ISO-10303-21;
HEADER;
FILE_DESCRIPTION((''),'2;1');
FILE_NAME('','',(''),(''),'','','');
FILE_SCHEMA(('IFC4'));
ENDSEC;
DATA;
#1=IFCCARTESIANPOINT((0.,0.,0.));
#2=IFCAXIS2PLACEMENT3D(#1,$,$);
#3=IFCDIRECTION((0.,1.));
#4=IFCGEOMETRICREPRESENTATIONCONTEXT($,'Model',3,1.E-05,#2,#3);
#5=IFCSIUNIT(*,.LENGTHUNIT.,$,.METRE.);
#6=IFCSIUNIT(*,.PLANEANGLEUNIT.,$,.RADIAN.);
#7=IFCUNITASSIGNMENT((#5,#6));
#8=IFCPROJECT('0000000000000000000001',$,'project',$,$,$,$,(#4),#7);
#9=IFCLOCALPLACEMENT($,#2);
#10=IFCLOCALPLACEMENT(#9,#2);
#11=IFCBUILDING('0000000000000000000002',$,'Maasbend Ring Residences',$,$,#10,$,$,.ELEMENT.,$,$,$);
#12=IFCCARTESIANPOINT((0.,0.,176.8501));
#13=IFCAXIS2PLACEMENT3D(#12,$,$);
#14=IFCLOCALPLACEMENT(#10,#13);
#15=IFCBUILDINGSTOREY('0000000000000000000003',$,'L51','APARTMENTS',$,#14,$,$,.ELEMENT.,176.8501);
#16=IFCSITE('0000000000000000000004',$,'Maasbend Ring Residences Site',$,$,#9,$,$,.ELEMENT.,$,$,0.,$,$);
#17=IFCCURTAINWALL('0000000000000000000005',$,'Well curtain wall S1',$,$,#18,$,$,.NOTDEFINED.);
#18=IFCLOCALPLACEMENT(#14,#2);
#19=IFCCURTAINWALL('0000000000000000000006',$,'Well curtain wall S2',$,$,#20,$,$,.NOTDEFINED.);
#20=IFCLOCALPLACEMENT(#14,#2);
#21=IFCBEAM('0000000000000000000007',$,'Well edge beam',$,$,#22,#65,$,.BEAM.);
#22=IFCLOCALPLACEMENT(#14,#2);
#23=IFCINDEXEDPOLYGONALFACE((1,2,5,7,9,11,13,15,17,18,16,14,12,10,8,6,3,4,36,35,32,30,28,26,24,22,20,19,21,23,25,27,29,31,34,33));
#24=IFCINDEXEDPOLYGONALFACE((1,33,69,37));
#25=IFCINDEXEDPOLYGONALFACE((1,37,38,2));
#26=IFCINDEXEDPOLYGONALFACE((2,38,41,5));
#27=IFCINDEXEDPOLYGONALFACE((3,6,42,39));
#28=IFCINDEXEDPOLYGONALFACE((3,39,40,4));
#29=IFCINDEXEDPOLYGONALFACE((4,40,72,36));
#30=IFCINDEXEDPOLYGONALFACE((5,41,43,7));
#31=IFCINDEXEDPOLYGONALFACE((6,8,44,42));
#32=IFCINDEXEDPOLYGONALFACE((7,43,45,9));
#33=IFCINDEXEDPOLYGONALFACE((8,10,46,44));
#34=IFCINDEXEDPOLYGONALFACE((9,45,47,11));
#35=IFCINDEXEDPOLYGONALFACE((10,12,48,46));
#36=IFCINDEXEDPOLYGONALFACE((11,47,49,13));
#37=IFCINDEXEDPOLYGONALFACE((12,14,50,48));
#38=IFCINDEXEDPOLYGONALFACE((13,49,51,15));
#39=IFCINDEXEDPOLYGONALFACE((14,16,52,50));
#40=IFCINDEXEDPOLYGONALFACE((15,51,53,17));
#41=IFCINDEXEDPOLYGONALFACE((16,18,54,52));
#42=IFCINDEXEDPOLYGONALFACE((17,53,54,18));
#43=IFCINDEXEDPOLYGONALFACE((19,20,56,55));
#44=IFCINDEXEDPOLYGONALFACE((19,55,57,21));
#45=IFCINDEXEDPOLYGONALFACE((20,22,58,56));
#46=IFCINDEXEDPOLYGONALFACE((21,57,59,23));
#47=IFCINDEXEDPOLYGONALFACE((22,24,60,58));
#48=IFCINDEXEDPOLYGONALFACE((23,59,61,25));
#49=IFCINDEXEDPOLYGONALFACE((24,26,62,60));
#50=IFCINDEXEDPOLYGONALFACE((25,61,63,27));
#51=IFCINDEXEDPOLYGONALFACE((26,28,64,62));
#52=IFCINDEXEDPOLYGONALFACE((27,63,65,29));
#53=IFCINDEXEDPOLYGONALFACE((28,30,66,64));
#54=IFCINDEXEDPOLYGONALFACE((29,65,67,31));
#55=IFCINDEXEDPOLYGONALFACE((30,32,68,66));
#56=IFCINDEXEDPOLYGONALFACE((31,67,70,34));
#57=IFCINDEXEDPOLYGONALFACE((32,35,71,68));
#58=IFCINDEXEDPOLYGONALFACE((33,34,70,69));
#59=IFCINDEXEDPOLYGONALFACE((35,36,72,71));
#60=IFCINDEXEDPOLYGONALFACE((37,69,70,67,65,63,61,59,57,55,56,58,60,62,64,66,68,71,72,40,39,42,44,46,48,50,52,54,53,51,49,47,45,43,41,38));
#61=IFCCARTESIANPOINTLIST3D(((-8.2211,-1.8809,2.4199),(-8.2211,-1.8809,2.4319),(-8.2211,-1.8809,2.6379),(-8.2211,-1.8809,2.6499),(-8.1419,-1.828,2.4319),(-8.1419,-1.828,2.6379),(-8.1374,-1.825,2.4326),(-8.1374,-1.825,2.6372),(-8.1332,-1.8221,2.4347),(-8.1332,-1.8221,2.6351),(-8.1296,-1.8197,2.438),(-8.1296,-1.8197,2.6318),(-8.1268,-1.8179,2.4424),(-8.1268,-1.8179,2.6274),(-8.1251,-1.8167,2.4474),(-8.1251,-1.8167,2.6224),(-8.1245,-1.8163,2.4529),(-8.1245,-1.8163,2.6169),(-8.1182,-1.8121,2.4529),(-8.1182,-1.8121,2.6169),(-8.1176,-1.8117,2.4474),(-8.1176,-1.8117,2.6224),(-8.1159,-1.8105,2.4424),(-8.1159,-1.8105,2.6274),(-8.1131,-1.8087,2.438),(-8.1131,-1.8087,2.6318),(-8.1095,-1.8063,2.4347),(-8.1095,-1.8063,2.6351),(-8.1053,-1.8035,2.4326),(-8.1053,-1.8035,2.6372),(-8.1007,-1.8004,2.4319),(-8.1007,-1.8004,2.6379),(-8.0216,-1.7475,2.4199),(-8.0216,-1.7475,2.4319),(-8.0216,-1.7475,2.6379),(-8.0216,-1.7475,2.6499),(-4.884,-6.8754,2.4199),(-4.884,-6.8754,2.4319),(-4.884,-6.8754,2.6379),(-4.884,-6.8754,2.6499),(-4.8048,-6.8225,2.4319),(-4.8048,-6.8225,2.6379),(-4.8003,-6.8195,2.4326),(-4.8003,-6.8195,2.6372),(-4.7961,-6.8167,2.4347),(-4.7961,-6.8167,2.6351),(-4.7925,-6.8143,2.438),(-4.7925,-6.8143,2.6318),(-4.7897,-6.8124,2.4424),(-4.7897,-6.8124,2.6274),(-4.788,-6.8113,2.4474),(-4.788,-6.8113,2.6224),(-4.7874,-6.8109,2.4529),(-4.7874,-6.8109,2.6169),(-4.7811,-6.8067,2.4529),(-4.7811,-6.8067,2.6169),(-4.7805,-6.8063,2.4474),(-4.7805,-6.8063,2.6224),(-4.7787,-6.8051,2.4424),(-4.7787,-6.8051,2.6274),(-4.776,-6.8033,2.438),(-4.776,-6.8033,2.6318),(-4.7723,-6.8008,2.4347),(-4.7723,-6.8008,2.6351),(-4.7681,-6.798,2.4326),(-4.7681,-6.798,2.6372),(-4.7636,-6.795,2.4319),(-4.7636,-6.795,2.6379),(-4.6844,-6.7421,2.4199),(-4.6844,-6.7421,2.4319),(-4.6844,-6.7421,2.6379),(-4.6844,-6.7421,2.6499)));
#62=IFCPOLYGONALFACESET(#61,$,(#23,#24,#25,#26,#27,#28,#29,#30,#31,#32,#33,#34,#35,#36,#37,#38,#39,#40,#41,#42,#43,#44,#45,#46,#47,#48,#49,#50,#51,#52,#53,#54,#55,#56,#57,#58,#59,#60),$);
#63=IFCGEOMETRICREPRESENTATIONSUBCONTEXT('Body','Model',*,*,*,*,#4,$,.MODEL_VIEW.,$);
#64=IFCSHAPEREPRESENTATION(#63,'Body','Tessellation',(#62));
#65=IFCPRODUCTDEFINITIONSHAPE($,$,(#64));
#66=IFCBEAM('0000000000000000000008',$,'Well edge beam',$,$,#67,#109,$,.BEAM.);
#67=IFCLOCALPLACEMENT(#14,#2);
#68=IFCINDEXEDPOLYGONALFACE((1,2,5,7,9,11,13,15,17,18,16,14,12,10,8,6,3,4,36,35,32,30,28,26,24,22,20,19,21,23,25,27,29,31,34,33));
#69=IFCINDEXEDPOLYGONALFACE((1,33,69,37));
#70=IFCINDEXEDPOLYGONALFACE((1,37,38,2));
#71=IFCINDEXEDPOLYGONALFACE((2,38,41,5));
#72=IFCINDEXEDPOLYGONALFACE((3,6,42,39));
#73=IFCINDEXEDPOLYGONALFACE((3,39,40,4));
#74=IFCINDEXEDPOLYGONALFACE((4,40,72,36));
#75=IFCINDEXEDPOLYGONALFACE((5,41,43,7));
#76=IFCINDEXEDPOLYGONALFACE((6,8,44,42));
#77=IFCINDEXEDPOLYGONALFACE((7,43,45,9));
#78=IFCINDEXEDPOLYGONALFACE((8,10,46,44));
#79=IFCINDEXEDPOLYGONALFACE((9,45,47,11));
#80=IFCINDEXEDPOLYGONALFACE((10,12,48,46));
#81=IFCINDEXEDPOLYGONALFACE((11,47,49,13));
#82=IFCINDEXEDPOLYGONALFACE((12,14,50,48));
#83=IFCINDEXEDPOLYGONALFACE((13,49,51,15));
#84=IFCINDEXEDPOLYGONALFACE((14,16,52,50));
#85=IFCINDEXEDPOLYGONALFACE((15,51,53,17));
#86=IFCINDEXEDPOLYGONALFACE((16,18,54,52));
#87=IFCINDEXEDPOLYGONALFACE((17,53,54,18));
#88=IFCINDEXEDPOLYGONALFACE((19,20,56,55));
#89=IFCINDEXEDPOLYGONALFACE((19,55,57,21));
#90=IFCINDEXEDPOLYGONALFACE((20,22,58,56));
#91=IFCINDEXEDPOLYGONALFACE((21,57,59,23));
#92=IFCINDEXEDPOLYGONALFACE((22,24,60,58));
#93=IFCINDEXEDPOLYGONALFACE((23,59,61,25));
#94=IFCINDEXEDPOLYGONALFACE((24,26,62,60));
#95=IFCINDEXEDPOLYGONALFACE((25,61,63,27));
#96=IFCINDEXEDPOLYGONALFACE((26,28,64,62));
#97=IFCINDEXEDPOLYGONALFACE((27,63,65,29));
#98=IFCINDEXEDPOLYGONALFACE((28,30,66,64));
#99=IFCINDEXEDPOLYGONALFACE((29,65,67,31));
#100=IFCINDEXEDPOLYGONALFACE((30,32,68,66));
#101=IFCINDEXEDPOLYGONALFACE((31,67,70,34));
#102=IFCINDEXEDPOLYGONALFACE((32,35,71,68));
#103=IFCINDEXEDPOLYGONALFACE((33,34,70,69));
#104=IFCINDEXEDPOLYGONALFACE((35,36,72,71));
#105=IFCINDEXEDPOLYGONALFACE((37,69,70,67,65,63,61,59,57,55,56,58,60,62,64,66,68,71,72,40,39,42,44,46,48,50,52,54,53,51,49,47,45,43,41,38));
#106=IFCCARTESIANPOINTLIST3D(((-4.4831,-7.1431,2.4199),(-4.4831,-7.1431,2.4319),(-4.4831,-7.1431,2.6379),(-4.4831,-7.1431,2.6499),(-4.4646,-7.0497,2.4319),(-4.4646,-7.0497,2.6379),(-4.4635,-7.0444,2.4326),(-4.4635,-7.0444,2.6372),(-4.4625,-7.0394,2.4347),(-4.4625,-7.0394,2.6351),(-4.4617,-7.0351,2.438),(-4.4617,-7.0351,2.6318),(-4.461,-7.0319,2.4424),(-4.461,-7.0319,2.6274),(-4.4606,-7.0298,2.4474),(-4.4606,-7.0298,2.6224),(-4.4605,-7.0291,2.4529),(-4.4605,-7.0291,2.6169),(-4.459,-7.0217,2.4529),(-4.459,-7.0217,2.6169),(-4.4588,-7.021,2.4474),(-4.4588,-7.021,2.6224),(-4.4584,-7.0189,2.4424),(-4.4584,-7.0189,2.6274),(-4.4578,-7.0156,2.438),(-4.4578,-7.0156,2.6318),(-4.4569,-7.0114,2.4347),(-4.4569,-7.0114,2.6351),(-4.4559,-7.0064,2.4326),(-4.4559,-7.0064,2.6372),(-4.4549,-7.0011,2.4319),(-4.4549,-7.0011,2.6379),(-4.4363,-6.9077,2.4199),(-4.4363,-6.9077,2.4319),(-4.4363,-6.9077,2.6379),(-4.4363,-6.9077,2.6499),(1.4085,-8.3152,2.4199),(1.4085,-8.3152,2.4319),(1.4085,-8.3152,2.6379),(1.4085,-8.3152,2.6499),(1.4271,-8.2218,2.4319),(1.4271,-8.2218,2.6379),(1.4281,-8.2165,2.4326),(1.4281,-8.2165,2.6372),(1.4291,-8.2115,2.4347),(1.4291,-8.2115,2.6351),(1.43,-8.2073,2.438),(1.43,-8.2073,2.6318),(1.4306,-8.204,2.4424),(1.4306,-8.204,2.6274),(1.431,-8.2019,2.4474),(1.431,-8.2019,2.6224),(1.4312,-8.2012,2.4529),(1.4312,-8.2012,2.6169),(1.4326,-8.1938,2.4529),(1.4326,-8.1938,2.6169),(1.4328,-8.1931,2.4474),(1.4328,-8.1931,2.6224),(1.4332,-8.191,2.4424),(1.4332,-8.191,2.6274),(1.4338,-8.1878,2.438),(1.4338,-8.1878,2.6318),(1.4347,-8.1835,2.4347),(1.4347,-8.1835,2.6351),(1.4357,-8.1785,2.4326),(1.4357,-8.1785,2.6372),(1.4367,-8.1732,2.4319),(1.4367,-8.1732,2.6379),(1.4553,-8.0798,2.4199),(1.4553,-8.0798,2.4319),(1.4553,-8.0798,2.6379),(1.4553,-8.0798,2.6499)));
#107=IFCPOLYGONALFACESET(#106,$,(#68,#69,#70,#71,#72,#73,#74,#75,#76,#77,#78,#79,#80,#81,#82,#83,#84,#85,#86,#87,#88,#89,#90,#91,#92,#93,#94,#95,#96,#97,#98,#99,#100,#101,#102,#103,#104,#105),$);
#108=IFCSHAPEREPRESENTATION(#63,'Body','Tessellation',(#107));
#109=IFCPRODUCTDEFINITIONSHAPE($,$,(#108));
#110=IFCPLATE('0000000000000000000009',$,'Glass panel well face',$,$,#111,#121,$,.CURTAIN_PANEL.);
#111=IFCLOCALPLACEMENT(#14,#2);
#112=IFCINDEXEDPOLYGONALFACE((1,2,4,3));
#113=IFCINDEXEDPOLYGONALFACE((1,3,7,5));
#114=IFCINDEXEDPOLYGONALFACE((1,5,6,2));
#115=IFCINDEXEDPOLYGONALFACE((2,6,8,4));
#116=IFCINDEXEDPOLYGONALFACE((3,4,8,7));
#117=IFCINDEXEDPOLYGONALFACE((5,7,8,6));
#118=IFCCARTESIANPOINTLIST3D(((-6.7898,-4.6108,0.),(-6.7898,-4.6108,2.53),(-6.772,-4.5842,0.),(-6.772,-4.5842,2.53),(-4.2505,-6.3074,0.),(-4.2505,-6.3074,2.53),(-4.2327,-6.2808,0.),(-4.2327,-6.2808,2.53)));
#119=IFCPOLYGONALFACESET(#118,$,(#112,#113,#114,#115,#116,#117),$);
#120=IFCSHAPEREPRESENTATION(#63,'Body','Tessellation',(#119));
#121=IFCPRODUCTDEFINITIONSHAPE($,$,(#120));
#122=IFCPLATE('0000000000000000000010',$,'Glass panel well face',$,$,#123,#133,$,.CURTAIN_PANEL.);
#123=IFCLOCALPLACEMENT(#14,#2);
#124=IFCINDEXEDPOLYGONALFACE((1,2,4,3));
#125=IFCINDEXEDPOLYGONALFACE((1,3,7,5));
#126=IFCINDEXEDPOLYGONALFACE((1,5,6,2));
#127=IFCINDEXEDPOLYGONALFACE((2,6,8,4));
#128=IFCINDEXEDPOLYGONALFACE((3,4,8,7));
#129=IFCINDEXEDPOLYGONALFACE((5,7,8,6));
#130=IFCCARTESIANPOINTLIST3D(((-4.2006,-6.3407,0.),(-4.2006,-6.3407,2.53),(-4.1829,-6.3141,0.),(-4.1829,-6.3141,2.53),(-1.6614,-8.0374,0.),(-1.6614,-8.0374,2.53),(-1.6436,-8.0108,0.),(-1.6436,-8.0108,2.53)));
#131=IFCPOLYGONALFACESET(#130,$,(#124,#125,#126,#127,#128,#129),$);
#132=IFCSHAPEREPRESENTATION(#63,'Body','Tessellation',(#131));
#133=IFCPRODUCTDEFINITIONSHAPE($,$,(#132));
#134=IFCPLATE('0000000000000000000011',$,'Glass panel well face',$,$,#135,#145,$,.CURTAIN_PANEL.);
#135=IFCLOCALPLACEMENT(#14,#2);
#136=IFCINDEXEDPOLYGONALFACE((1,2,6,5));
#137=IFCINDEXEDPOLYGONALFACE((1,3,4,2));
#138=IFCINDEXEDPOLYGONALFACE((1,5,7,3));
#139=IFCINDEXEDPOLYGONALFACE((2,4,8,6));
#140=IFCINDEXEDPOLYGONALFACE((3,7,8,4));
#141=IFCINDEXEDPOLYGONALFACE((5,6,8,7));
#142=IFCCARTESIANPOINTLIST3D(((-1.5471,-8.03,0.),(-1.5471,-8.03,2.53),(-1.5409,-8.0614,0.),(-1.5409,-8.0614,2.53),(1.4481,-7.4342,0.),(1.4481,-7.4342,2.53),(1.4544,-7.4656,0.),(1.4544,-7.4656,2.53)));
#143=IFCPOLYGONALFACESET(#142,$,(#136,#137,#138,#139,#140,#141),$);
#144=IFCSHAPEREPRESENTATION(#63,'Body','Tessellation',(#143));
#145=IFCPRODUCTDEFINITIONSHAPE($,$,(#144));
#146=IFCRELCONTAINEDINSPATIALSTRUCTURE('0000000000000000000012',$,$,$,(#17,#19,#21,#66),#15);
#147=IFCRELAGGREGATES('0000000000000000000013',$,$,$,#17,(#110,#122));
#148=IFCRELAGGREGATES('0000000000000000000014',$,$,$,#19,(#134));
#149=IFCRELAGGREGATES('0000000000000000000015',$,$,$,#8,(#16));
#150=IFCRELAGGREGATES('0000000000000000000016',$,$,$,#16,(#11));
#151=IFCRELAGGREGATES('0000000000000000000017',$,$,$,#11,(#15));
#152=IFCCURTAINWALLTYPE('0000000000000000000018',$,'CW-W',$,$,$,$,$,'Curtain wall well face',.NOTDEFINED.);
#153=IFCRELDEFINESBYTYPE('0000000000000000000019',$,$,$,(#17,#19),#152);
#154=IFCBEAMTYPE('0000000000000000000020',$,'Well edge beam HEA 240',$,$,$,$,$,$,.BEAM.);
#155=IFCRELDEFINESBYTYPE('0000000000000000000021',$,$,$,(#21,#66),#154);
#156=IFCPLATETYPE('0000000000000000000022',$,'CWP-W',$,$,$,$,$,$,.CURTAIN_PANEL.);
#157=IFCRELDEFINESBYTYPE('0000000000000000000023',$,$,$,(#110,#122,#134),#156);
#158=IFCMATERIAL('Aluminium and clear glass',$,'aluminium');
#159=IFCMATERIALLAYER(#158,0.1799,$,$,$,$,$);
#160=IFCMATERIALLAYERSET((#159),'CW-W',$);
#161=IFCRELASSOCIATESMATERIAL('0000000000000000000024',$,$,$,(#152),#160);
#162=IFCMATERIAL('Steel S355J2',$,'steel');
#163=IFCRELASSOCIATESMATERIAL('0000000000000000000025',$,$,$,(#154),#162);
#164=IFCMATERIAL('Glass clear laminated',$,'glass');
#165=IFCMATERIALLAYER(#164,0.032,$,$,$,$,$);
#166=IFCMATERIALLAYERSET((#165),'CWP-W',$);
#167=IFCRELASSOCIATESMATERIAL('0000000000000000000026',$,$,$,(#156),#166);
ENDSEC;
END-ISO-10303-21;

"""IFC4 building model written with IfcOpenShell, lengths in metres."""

from ifc_helpers import new_model, si_unit, direction, frame, origin, origin_2d, place, context, subcontext, project, spatial, rectangle, i_section, extrude, material, layer, layer_set, material_profile, profile_set, type_object, element, aggregate, save


model = new_model("IFC4")

# Units and contexts
model_context = context("Model", 3, precision=1e-05, world=origin(), true_north=direction((0.0, 1.0)))
body_context = subcontext(model_context, "Body", "Model", "MODEL_VIEW")
ifc_project = project(units=[si_unit("LENGTHUNIT", "METRE"), si_unit("PLANEANGLEUNIT", "RADIAN")], contexts=[model_context])

# Site, building, storey
site_placement = place(None, origin())
site = spatial("IfcSite", under=ifc_project, at=site_placement, Name="Maasbend Ring Residences Site", CompositionType="ELEMENT", RefElevation=0.0)
building_placement = place(site_placement, origin())
building = spatial("IfcBuilding", under=site, at=building_placement, Name="Maasbend Ring Residences", CompositionType="ELEMENT")
storey_placement = place(building_placement, frame((0.0, 0.0, 176.8501)))
storey = spatial("IfcBuildingStorey", under=building, at=storey_placement, Name="L51", Description="APARTMENTS", CompositionType="ELEMENT", Elevation=176.8501)

# Curtain wall
ifc_material_1 = material(Name="Aluminium and clear glass", Category="aluminium")
ifc_layer_1 = layer(ifc_material_1, 0.1799)
ifc_layer_set_1 = layer_set([ifc_layer_1], Name="CW-W")
curtain_wall_type = type_object("IfcCurtainWallType", Name="CW-W", ElementType="Curtain wall well face", PredefinedType="NOTDEFINED", material=ifc_layer_set_1)
curtain_wall_1_placement = place(storey_placement, origin())
curtain_wall_1 = element("IfcCurtainWall", 1, at=curtain_wall_1_placement, inside=storey, type_object=curtain_wall_type, Name="Well curtain wall S1", PredefinedType="NOTDEFINED")

# Curtain wall
curtain_wall_2_placement = place(storey_placement, origin())
curtain_wall_2 = element("IfcCurtainWall", 2, at=curtain_wall_2_placement, inside=storey, type_object=curtain_wall_type, Name="Well curtain wall S2", PredefinedType="NOTDEFINED")

# Beams
ifc_material_2 = material(Name="Steel S355J2", Category="steel")
ifc_material_profile_1 = material_profile(ifc_material_2, i_section(OverallWidth=0.24, OverallDepth=0.23, WebThickness=0.0076, FlangeThickness=0.012, FilletRadius=0.021, at=origin_2d()), Name="HEA 240")
ifc_profile_set_1 = profile_set([ifc_material_profile_1], Name="Steel S355J2")
beam_type = type_object("IfcBeamType", Name="Well edge beam HEA 240", PredefinedType="BEAM", material=ifc_profile_set_1)
beam_1_placement = place(storey_placement, frame((-8.1213, -1.8142, 2.5349), z_axis=(0.555553, -0.831481, 0.0), x_axis=(0.831481, 0.555553, 0.0)))
element("IfcBeam", 3, at=beam_1_placement, inside=storey, type_object=beam_type, Name="Well edge beam", PredefinedType="BEAM", context=body_context, shape_type="SweptSolid", body=[
    extrude(i_section(OverallWidth=0.24, OverallDepth=0.23, WebThickness=0.0076, FlangeThickness=0.012, FilletRadius=0.021, at=origin_2d()), origin(), (0.0, 0.0, 1.0), 6.0068),
])
beam_2_placement = place(storey_placement, frame((-4.4597, -7.0254, 2.5349), z_axis=(0.980779, -0.195123, 0.0), x_axis=(0.195123, 0.980779, 0.0)))
element("IfcBeam", 4, at=beam_2_placement, inside=storey, type_object=beam_type, Name="Well edge beam", PredefinedType="BEAM", context=body_context, shape_type="SweptSolid", body=[
    extrude(i_section(OverallWidth=0.24, OverallDepth=0.23, WebThickness=0.0076, FlangeThickness=0.012, FilletRadius=0.021, at=origin_2d()), origin(), (0.0, 0.0, 1.0), 6.0071),
])

# Plates
ifc_material_3 = material(Name="Glass clear laminated", Category="glass")
ifc_layer_2 = layer(ifc_material_3, 0.032)
ifc_layer_set_2 = layer_set([ifc_layer_2], Name="CWP-W")
plate_type = type_object("IfcPlateType", Name="CWP-W", PredefinedType="CURTAIN_PANEL", material=ifc_layer_set_2)
plate_1_placement = place(storey_placement, frame((-5.5112, -5.4458, 0.0), z_axis=(0.0, 0.0, 1.0), x_axis=(0.83147, -0.55557, 0.0)))
plate_1 = element("IfcPlate", 5, at=plate_1_placement, type_object=plate_type, Name="Glass panel well face", PredefinedType="CURTAIN_PANEL", context=body_context, shape_type="SweptSolid", body=[
    extrude(rectangle(XDim=3.054, YDim=0.032, at=origin_2d()), origin(), (0.0, 0.0, 1.0), 2.53),
])
plate_2_placement = place(storey_placement, frame((-2.9221, -7.1758, 0.0), z_axis=(0.0, 0.0, 1.0), x_axis=(0.83147, -0.55557, 0.0)))
plate_2 = element("IfcPlate", 6, at=plate_2_placement, type_object=plate_type, Name="Glass panel well face", PredefinedType="CURTAIN_PANEL", context=body_context, shape_type="SweptSolid", body=[
    extrude(rectangle(XDim=3.054, YDim=0.032, at=origin_2d()), origin(), (0.0, 0.0, 1.0), 2.53),
])
aggregate(curtain_wall_1, [plate_1, plate_2])
plate_3_placement = place(storey_placement, frame((-0.0464, -7.7478, 0.0), z_axis=(0.0, 0.0, 1.0), x_axis=(0.980785, 0.19509, 0.0)))
plate_3 = element("IfcPlate", 7, at=plate_3_placement, type_object=plate_type, Name="Glass panel well face", PredefinedType="CURTAIN_PANEL", context=body_context, shape_type="SweptSolid", body=[
    extrude(rectangle(XDim=3.054, YDim=0.032, at=origin_2d()), origin(), (0.0, 0.0, 1.0), 2.53),
])
aggregate(curtain_wall_2, [plate_3])

save(model, "model.ifc")
